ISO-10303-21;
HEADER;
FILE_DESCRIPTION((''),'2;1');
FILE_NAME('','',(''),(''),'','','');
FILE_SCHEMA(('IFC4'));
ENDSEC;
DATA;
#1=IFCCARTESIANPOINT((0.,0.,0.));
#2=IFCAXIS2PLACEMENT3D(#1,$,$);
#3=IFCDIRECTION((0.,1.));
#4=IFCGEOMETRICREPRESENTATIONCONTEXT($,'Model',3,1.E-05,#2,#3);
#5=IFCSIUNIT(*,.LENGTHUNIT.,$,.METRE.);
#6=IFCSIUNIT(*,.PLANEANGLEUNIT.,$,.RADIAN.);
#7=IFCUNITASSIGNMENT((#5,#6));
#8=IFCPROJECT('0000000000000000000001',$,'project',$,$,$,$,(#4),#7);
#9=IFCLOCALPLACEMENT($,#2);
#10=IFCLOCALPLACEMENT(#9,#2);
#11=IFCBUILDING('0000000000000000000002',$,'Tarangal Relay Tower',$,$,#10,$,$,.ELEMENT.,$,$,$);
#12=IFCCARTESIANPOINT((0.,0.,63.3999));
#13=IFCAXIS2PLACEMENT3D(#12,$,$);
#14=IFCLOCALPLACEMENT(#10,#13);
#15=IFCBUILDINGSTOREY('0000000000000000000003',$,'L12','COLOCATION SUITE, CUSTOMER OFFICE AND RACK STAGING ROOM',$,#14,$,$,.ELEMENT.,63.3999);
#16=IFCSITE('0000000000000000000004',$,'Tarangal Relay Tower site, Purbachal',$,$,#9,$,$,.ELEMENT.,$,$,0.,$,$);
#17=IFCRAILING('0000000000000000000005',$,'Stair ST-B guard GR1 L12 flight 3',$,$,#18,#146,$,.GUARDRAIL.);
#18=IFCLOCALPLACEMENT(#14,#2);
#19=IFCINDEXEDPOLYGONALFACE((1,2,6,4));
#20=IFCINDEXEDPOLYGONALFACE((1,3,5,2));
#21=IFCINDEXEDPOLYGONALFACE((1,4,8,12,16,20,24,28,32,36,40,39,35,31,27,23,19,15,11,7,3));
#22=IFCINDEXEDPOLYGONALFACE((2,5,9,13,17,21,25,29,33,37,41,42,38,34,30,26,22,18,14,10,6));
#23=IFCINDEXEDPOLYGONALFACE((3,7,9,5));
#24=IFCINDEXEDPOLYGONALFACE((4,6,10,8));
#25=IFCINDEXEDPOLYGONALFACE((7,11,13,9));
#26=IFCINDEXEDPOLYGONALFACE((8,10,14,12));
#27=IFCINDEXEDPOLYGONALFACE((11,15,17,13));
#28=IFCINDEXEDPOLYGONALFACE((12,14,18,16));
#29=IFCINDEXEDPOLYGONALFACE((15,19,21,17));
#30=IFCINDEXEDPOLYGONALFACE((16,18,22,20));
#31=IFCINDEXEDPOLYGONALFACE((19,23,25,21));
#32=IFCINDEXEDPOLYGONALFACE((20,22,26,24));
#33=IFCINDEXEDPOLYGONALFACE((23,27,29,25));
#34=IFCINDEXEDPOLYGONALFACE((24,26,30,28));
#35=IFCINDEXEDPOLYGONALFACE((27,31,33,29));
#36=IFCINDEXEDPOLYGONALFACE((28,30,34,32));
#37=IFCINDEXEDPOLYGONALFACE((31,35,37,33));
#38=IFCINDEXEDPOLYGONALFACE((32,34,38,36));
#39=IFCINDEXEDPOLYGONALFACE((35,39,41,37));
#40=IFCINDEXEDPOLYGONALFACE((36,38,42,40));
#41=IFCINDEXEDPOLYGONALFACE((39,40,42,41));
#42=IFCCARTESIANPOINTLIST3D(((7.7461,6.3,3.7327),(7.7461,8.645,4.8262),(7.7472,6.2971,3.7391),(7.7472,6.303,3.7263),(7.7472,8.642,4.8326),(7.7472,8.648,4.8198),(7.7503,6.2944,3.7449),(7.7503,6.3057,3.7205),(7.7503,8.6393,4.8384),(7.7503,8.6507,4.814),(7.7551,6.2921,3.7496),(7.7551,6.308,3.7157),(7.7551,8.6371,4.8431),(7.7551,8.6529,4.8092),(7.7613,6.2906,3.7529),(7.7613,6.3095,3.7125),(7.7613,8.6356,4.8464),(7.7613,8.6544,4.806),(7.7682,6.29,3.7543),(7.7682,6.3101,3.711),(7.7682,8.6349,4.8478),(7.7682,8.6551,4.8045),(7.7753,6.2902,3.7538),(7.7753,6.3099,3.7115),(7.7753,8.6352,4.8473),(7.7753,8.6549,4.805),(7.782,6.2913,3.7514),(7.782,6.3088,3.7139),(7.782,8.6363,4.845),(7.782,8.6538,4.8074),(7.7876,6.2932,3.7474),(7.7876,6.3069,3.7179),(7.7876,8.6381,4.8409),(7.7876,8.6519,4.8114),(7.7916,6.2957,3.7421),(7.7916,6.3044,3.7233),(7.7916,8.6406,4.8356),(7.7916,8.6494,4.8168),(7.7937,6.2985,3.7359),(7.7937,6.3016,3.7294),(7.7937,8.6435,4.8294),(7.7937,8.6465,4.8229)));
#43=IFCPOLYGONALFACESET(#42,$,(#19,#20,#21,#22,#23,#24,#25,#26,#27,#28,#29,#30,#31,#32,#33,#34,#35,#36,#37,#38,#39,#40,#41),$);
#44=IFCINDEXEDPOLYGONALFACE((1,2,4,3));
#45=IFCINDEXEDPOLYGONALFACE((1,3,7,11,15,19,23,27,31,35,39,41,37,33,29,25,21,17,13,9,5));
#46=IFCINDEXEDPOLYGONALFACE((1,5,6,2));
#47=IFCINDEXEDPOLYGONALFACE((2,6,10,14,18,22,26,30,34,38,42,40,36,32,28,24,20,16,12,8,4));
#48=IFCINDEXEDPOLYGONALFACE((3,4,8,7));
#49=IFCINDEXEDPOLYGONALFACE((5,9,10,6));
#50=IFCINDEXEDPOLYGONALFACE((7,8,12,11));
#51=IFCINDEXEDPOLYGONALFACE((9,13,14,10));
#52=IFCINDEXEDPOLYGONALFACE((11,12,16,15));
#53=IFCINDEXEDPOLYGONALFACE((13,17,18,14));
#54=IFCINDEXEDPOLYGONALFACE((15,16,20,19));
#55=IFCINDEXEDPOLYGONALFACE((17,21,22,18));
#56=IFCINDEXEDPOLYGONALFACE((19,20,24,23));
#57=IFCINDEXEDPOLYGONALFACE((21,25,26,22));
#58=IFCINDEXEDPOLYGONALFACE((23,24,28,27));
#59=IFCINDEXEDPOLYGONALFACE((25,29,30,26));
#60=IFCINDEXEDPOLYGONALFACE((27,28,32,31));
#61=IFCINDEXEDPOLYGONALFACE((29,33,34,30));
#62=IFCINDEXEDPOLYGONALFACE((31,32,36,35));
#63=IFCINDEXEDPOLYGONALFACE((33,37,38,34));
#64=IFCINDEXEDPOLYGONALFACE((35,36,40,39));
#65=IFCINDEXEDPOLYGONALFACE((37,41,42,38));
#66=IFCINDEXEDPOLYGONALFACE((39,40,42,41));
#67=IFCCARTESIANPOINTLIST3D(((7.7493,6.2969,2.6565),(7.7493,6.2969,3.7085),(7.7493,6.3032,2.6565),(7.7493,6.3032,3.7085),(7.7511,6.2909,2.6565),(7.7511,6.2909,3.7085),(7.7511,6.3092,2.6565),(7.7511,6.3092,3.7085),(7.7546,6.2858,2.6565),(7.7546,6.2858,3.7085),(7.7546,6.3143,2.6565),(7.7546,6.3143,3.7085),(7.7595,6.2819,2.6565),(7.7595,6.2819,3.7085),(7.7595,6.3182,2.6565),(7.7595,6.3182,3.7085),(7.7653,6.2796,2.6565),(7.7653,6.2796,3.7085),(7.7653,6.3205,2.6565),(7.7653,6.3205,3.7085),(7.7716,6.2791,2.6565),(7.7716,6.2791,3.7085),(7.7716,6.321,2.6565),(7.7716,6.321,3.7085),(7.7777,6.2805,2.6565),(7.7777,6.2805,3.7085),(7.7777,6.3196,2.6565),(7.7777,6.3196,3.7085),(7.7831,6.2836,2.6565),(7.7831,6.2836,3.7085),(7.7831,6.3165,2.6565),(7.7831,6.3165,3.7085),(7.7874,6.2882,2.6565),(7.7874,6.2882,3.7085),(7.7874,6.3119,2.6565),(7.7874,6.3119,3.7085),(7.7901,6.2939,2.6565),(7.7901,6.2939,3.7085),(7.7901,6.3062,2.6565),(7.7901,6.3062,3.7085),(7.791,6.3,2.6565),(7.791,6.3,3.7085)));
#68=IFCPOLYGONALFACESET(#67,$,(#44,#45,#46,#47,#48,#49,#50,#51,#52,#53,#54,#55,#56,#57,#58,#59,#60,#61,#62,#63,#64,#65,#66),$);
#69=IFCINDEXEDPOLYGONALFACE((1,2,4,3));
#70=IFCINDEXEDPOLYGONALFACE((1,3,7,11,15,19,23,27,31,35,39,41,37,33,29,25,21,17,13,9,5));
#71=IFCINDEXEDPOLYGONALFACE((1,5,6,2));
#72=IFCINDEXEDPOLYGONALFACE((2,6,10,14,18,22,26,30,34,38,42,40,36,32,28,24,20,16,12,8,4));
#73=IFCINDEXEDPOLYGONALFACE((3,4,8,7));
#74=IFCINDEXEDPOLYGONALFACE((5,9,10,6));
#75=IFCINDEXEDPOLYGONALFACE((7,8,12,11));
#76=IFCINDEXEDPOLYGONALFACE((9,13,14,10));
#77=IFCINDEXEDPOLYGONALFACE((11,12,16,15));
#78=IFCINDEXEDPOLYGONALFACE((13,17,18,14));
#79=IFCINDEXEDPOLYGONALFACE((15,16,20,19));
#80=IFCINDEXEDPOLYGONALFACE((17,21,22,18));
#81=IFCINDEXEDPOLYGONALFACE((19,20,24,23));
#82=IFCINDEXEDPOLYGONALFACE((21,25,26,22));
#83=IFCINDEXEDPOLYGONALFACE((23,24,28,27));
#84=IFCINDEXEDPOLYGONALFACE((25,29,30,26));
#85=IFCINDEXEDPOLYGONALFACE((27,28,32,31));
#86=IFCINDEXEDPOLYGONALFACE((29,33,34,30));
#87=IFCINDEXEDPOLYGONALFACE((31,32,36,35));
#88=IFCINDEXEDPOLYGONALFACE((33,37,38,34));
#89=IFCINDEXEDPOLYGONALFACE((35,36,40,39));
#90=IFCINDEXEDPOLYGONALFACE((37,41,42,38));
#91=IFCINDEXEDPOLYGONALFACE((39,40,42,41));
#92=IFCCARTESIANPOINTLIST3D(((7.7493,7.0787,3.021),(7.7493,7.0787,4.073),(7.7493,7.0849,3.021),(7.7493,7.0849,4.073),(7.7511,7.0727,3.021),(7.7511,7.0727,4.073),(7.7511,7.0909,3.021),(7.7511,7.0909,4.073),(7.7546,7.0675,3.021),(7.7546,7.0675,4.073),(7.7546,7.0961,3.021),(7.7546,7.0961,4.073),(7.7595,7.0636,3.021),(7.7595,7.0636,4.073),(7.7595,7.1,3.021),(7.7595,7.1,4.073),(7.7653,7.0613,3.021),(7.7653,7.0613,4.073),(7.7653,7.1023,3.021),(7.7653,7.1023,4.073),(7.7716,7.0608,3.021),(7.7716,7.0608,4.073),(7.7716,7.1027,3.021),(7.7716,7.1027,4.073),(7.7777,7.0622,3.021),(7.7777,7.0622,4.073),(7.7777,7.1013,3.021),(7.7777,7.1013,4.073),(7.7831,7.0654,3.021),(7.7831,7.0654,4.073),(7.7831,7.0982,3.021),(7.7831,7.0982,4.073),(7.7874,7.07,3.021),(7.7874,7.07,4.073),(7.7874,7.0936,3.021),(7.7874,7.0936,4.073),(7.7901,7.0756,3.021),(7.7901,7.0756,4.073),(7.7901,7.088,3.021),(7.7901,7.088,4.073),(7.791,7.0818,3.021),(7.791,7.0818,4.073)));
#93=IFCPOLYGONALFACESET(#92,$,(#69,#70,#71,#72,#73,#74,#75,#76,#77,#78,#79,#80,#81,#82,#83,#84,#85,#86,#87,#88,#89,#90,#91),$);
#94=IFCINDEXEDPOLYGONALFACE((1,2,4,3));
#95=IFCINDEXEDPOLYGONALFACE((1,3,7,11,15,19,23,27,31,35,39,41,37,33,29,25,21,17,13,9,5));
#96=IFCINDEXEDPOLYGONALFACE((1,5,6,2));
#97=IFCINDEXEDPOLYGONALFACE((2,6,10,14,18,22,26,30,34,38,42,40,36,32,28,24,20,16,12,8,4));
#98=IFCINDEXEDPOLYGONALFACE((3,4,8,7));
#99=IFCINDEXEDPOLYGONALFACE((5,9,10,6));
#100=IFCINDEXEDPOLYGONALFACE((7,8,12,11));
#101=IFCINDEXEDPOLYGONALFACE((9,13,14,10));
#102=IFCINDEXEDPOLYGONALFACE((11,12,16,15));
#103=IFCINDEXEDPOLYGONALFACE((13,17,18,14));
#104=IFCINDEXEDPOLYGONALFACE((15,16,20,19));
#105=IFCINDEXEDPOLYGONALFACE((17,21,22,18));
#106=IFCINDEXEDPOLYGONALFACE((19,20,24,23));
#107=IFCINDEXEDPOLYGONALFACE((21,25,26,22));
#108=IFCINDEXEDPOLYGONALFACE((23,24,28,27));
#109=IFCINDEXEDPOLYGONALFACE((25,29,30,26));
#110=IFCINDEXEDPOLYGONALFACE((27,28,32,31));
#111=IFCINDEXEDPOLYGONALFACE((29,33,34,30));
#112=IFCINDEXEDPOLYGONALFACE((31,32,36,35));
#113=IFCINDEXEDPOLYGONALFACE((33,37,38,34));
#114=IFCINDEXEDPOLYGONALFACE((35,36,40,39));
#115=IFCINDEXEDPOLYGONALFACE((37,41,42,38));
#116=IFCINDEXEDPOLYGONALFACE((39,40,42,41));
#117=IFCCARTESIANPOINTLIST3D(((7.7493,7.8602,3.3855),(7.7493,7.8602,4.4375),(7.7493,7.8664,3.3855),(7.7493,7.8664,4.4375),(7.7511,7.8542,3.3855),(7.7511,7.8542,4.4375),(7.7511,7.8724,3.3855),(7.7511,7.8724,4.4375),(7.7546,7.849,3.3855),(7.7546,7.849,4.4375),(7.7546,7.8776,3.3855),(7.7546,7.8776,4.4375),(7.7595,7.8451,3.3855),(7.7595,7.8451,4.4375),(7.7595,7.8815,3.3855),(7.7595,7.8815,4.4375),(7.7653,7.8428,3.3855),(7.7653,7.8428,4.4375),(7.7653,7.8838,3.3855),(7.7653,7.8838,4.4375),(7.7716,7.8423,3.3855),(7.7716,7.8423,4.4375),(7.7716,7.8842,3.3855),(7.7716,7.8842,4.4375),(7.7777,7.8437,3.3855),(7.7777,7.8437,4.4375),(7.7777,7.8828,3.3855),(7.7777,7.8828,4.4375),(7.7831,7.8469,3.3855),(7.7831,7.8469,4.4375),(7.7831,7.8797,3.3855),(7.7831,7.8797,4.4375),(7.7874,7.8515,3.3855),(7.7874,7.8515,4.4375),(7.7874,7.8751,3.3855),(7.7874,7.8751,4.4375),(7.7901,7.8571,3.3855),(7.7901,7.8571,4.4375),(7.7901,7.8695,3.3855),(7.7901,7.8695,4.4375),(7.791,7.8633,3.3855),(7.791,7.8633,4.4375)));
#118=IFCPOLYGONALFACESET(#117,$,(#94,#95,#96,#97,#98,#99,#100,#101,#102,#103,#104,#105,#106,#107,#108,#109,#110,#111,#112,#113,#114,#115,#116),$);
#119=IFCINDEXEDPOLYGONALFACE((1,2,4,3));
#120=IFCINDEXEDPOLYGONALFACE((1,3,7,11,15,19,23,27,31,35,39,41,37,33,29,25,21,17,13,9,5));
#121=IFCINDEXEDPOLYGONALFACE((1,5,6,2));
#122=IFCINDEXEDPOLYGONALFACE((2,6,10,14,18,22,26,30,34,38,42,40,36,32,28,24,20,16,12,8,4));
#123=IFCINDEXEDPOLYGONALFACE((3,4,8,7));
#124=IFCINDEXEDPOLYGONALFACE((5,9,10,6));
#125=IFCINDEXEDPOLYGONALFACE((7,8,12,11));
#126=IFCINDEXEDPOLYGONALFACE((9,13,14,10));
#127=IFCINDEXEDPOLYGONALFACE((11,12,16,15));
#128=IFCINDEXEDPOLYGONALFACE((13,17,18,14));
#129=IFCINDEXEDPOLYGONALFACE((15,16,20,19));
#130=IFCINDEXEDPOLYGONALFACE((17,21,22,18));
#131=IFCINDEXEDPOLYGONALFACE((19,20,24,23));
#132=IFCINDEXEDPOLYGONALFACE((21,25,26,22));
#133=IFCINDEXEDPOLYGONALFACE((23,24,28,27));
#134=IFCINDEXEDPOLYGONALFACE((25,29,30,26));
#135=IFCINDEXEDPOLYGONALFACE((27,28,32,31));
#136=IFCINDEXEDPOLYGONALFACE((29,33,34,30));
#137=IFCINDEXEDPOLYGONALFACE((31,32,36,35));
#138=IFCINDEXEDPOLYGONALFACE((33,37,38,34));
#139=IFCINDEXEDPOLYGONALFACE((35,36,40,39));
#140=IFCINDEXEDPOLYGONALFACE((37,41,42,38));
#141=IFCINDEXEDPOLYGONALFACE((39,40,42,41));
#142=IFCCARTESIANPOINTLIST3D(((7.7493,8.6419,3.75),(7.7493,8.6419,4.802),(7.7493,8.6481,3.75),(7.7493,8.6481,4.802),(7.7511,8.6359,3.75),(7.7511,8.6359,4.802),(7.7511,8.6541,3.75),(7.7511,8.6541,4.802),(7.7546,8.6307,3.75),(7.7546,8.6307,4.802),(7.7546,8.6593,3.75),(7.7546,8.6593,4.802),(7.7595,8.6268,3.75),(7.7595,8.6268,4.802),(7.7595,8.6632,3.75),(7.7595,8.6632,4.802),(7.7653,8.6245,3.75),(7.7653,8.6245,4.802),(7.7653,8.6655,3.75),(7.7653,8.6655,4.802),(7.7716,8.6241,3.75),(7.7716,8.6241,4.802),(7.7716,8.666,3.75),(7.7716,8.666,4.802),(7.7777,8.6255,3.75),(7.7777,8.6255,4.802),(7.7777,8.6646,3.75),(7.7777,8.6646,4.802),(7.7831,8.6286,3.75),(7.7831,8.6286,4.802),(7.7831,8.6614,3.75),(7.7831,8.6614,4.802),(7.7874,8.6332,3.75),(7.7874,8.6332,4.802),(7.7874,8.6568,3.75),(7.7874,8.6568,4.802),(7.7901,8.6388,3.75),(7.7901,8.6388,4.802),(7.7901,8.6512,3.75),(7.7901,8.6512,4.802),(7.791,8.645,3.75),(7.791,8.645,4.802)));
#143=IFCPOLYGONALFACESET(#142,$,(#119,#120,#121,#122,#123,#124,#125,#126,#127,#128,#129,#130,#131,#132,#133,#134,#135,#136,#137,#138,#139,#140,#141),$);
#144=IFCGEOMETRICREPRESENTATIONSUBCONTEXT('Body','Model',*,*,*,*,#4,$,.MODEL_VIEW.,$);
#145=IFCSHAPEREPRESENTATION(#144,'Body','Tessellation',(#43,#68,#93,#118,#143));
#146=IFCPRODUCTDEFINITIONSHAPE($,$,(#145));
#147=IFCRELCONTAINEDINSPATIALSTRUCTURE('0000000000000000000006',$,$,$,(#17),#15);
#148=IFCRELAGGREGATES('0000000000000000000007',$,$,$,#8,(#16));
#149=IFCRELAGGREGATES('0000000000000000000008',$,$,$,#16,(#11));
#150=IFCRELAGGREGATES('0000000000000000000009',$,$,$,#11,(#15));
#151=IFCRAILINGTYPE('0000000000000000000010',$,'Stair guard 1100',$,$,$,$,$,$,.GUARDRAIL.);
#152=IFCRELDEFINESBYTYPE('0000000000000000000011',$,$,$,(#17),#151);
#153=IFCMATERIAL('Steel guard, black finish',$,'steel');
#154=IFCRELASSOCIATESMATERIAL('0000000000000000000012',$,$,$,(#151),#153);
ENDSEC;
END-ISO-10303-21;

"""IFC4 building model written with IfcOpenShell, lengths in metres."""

from ifc_helpers import new_model, si_unit, direction, frame, origin, origin_2d, place, context, subcontext, project, spatial, circle, extrude, material, type_object, element, save


model = new_model("IFC4")

# Units and contexts
model_context = context("Model", 3, precision=1e-05, world=origin(), true_north=direction((0.0, 1.0)))
body_context = subcontext(model_context, "Body", "Model", "MODEL_VIEW")
ifc_project = project(units=[si_unit("LENGTHUNIT", "METRE"), si_unit("PLANEANGLEUNIT", "RADIAN")], contexts=[model_context])

# Site, building, storey
site_placement = place(None, origin())
site = spatial("IfcSite", under=ifc_project, at=site_placement, Name="Tarangal Relay Tower site, Purbachal", CompositionType="ELEMENT", RefElevation=0.0)
building_placement = place(site_placement, origin())
building = spatial("IfcBuilding", under=site, at=building_placement, Name="Tarangal Relay Tower", CompositionType="ELEMENT")
storey_placement = place(building_placement, frame((0.0, 0.0, 63.3999)))
storey = spatial("IfcBuildingStorey", under=building, at=storey_placement, Name="L12", Description="COLOCATION SUITE, CUSTOMER OFFICE AND RACK STAGING ROOM", CompositionType="ELEMENT", Elevation=63.3999)

# Railing
ifc_material_1 = material(Name="Steel guard, black finish", Category="steel")
railing_type_1 = type_object("IfcRailingType", Name="Stair guard 1100", PredefinedType="GUARDRAIL", material=ifc_material_1)
railing_1_placement = place(storey_placement, frame((7.77, 6.3, 2.6565)))
element("IfcRailing", 1, at=railing_1_placement, inside=storey, type_object=railing_type_1, Name="Stair ST-B guard GR1 L12 flight 3", PredefinedType="GUARDRAIL", context=body_context, shape_type="SweptSolid", body=[
    extrude(circle(Radius=0.0239, at=origin_2d()), frame((0.0, 0.0, 1.0762), z_axis=(0.0, 0.906304, 0.422627), x_axis=(-1.0, 0.0, 0.0)), (0.0, 0.0, 1.0), 2.5874),
    extrude(circle(Radius=0.021, at=origin_2d()), origin(), (0.0, 0.0, 1.0), 1.052),
    extrude(circle(Radius=0.021, at=origin_2d()), frame((0.0, 0.7817, 0.3645)), (0.0, 0.0, 1.0), 1.052),
    extrude(circle(Radius=0.021, at=origin_2d()), frame((0.0, 1.5632, 0.729)), (0.0, 0.0, 1.0), 1.052),
    extrude(circle(Radius=0.021, at=origin_2d()), frame((0.0, 2.345, 1.0935)), (0.0, 0.0, 1.0), 1.052),
])

save(model, "model.ifc")
